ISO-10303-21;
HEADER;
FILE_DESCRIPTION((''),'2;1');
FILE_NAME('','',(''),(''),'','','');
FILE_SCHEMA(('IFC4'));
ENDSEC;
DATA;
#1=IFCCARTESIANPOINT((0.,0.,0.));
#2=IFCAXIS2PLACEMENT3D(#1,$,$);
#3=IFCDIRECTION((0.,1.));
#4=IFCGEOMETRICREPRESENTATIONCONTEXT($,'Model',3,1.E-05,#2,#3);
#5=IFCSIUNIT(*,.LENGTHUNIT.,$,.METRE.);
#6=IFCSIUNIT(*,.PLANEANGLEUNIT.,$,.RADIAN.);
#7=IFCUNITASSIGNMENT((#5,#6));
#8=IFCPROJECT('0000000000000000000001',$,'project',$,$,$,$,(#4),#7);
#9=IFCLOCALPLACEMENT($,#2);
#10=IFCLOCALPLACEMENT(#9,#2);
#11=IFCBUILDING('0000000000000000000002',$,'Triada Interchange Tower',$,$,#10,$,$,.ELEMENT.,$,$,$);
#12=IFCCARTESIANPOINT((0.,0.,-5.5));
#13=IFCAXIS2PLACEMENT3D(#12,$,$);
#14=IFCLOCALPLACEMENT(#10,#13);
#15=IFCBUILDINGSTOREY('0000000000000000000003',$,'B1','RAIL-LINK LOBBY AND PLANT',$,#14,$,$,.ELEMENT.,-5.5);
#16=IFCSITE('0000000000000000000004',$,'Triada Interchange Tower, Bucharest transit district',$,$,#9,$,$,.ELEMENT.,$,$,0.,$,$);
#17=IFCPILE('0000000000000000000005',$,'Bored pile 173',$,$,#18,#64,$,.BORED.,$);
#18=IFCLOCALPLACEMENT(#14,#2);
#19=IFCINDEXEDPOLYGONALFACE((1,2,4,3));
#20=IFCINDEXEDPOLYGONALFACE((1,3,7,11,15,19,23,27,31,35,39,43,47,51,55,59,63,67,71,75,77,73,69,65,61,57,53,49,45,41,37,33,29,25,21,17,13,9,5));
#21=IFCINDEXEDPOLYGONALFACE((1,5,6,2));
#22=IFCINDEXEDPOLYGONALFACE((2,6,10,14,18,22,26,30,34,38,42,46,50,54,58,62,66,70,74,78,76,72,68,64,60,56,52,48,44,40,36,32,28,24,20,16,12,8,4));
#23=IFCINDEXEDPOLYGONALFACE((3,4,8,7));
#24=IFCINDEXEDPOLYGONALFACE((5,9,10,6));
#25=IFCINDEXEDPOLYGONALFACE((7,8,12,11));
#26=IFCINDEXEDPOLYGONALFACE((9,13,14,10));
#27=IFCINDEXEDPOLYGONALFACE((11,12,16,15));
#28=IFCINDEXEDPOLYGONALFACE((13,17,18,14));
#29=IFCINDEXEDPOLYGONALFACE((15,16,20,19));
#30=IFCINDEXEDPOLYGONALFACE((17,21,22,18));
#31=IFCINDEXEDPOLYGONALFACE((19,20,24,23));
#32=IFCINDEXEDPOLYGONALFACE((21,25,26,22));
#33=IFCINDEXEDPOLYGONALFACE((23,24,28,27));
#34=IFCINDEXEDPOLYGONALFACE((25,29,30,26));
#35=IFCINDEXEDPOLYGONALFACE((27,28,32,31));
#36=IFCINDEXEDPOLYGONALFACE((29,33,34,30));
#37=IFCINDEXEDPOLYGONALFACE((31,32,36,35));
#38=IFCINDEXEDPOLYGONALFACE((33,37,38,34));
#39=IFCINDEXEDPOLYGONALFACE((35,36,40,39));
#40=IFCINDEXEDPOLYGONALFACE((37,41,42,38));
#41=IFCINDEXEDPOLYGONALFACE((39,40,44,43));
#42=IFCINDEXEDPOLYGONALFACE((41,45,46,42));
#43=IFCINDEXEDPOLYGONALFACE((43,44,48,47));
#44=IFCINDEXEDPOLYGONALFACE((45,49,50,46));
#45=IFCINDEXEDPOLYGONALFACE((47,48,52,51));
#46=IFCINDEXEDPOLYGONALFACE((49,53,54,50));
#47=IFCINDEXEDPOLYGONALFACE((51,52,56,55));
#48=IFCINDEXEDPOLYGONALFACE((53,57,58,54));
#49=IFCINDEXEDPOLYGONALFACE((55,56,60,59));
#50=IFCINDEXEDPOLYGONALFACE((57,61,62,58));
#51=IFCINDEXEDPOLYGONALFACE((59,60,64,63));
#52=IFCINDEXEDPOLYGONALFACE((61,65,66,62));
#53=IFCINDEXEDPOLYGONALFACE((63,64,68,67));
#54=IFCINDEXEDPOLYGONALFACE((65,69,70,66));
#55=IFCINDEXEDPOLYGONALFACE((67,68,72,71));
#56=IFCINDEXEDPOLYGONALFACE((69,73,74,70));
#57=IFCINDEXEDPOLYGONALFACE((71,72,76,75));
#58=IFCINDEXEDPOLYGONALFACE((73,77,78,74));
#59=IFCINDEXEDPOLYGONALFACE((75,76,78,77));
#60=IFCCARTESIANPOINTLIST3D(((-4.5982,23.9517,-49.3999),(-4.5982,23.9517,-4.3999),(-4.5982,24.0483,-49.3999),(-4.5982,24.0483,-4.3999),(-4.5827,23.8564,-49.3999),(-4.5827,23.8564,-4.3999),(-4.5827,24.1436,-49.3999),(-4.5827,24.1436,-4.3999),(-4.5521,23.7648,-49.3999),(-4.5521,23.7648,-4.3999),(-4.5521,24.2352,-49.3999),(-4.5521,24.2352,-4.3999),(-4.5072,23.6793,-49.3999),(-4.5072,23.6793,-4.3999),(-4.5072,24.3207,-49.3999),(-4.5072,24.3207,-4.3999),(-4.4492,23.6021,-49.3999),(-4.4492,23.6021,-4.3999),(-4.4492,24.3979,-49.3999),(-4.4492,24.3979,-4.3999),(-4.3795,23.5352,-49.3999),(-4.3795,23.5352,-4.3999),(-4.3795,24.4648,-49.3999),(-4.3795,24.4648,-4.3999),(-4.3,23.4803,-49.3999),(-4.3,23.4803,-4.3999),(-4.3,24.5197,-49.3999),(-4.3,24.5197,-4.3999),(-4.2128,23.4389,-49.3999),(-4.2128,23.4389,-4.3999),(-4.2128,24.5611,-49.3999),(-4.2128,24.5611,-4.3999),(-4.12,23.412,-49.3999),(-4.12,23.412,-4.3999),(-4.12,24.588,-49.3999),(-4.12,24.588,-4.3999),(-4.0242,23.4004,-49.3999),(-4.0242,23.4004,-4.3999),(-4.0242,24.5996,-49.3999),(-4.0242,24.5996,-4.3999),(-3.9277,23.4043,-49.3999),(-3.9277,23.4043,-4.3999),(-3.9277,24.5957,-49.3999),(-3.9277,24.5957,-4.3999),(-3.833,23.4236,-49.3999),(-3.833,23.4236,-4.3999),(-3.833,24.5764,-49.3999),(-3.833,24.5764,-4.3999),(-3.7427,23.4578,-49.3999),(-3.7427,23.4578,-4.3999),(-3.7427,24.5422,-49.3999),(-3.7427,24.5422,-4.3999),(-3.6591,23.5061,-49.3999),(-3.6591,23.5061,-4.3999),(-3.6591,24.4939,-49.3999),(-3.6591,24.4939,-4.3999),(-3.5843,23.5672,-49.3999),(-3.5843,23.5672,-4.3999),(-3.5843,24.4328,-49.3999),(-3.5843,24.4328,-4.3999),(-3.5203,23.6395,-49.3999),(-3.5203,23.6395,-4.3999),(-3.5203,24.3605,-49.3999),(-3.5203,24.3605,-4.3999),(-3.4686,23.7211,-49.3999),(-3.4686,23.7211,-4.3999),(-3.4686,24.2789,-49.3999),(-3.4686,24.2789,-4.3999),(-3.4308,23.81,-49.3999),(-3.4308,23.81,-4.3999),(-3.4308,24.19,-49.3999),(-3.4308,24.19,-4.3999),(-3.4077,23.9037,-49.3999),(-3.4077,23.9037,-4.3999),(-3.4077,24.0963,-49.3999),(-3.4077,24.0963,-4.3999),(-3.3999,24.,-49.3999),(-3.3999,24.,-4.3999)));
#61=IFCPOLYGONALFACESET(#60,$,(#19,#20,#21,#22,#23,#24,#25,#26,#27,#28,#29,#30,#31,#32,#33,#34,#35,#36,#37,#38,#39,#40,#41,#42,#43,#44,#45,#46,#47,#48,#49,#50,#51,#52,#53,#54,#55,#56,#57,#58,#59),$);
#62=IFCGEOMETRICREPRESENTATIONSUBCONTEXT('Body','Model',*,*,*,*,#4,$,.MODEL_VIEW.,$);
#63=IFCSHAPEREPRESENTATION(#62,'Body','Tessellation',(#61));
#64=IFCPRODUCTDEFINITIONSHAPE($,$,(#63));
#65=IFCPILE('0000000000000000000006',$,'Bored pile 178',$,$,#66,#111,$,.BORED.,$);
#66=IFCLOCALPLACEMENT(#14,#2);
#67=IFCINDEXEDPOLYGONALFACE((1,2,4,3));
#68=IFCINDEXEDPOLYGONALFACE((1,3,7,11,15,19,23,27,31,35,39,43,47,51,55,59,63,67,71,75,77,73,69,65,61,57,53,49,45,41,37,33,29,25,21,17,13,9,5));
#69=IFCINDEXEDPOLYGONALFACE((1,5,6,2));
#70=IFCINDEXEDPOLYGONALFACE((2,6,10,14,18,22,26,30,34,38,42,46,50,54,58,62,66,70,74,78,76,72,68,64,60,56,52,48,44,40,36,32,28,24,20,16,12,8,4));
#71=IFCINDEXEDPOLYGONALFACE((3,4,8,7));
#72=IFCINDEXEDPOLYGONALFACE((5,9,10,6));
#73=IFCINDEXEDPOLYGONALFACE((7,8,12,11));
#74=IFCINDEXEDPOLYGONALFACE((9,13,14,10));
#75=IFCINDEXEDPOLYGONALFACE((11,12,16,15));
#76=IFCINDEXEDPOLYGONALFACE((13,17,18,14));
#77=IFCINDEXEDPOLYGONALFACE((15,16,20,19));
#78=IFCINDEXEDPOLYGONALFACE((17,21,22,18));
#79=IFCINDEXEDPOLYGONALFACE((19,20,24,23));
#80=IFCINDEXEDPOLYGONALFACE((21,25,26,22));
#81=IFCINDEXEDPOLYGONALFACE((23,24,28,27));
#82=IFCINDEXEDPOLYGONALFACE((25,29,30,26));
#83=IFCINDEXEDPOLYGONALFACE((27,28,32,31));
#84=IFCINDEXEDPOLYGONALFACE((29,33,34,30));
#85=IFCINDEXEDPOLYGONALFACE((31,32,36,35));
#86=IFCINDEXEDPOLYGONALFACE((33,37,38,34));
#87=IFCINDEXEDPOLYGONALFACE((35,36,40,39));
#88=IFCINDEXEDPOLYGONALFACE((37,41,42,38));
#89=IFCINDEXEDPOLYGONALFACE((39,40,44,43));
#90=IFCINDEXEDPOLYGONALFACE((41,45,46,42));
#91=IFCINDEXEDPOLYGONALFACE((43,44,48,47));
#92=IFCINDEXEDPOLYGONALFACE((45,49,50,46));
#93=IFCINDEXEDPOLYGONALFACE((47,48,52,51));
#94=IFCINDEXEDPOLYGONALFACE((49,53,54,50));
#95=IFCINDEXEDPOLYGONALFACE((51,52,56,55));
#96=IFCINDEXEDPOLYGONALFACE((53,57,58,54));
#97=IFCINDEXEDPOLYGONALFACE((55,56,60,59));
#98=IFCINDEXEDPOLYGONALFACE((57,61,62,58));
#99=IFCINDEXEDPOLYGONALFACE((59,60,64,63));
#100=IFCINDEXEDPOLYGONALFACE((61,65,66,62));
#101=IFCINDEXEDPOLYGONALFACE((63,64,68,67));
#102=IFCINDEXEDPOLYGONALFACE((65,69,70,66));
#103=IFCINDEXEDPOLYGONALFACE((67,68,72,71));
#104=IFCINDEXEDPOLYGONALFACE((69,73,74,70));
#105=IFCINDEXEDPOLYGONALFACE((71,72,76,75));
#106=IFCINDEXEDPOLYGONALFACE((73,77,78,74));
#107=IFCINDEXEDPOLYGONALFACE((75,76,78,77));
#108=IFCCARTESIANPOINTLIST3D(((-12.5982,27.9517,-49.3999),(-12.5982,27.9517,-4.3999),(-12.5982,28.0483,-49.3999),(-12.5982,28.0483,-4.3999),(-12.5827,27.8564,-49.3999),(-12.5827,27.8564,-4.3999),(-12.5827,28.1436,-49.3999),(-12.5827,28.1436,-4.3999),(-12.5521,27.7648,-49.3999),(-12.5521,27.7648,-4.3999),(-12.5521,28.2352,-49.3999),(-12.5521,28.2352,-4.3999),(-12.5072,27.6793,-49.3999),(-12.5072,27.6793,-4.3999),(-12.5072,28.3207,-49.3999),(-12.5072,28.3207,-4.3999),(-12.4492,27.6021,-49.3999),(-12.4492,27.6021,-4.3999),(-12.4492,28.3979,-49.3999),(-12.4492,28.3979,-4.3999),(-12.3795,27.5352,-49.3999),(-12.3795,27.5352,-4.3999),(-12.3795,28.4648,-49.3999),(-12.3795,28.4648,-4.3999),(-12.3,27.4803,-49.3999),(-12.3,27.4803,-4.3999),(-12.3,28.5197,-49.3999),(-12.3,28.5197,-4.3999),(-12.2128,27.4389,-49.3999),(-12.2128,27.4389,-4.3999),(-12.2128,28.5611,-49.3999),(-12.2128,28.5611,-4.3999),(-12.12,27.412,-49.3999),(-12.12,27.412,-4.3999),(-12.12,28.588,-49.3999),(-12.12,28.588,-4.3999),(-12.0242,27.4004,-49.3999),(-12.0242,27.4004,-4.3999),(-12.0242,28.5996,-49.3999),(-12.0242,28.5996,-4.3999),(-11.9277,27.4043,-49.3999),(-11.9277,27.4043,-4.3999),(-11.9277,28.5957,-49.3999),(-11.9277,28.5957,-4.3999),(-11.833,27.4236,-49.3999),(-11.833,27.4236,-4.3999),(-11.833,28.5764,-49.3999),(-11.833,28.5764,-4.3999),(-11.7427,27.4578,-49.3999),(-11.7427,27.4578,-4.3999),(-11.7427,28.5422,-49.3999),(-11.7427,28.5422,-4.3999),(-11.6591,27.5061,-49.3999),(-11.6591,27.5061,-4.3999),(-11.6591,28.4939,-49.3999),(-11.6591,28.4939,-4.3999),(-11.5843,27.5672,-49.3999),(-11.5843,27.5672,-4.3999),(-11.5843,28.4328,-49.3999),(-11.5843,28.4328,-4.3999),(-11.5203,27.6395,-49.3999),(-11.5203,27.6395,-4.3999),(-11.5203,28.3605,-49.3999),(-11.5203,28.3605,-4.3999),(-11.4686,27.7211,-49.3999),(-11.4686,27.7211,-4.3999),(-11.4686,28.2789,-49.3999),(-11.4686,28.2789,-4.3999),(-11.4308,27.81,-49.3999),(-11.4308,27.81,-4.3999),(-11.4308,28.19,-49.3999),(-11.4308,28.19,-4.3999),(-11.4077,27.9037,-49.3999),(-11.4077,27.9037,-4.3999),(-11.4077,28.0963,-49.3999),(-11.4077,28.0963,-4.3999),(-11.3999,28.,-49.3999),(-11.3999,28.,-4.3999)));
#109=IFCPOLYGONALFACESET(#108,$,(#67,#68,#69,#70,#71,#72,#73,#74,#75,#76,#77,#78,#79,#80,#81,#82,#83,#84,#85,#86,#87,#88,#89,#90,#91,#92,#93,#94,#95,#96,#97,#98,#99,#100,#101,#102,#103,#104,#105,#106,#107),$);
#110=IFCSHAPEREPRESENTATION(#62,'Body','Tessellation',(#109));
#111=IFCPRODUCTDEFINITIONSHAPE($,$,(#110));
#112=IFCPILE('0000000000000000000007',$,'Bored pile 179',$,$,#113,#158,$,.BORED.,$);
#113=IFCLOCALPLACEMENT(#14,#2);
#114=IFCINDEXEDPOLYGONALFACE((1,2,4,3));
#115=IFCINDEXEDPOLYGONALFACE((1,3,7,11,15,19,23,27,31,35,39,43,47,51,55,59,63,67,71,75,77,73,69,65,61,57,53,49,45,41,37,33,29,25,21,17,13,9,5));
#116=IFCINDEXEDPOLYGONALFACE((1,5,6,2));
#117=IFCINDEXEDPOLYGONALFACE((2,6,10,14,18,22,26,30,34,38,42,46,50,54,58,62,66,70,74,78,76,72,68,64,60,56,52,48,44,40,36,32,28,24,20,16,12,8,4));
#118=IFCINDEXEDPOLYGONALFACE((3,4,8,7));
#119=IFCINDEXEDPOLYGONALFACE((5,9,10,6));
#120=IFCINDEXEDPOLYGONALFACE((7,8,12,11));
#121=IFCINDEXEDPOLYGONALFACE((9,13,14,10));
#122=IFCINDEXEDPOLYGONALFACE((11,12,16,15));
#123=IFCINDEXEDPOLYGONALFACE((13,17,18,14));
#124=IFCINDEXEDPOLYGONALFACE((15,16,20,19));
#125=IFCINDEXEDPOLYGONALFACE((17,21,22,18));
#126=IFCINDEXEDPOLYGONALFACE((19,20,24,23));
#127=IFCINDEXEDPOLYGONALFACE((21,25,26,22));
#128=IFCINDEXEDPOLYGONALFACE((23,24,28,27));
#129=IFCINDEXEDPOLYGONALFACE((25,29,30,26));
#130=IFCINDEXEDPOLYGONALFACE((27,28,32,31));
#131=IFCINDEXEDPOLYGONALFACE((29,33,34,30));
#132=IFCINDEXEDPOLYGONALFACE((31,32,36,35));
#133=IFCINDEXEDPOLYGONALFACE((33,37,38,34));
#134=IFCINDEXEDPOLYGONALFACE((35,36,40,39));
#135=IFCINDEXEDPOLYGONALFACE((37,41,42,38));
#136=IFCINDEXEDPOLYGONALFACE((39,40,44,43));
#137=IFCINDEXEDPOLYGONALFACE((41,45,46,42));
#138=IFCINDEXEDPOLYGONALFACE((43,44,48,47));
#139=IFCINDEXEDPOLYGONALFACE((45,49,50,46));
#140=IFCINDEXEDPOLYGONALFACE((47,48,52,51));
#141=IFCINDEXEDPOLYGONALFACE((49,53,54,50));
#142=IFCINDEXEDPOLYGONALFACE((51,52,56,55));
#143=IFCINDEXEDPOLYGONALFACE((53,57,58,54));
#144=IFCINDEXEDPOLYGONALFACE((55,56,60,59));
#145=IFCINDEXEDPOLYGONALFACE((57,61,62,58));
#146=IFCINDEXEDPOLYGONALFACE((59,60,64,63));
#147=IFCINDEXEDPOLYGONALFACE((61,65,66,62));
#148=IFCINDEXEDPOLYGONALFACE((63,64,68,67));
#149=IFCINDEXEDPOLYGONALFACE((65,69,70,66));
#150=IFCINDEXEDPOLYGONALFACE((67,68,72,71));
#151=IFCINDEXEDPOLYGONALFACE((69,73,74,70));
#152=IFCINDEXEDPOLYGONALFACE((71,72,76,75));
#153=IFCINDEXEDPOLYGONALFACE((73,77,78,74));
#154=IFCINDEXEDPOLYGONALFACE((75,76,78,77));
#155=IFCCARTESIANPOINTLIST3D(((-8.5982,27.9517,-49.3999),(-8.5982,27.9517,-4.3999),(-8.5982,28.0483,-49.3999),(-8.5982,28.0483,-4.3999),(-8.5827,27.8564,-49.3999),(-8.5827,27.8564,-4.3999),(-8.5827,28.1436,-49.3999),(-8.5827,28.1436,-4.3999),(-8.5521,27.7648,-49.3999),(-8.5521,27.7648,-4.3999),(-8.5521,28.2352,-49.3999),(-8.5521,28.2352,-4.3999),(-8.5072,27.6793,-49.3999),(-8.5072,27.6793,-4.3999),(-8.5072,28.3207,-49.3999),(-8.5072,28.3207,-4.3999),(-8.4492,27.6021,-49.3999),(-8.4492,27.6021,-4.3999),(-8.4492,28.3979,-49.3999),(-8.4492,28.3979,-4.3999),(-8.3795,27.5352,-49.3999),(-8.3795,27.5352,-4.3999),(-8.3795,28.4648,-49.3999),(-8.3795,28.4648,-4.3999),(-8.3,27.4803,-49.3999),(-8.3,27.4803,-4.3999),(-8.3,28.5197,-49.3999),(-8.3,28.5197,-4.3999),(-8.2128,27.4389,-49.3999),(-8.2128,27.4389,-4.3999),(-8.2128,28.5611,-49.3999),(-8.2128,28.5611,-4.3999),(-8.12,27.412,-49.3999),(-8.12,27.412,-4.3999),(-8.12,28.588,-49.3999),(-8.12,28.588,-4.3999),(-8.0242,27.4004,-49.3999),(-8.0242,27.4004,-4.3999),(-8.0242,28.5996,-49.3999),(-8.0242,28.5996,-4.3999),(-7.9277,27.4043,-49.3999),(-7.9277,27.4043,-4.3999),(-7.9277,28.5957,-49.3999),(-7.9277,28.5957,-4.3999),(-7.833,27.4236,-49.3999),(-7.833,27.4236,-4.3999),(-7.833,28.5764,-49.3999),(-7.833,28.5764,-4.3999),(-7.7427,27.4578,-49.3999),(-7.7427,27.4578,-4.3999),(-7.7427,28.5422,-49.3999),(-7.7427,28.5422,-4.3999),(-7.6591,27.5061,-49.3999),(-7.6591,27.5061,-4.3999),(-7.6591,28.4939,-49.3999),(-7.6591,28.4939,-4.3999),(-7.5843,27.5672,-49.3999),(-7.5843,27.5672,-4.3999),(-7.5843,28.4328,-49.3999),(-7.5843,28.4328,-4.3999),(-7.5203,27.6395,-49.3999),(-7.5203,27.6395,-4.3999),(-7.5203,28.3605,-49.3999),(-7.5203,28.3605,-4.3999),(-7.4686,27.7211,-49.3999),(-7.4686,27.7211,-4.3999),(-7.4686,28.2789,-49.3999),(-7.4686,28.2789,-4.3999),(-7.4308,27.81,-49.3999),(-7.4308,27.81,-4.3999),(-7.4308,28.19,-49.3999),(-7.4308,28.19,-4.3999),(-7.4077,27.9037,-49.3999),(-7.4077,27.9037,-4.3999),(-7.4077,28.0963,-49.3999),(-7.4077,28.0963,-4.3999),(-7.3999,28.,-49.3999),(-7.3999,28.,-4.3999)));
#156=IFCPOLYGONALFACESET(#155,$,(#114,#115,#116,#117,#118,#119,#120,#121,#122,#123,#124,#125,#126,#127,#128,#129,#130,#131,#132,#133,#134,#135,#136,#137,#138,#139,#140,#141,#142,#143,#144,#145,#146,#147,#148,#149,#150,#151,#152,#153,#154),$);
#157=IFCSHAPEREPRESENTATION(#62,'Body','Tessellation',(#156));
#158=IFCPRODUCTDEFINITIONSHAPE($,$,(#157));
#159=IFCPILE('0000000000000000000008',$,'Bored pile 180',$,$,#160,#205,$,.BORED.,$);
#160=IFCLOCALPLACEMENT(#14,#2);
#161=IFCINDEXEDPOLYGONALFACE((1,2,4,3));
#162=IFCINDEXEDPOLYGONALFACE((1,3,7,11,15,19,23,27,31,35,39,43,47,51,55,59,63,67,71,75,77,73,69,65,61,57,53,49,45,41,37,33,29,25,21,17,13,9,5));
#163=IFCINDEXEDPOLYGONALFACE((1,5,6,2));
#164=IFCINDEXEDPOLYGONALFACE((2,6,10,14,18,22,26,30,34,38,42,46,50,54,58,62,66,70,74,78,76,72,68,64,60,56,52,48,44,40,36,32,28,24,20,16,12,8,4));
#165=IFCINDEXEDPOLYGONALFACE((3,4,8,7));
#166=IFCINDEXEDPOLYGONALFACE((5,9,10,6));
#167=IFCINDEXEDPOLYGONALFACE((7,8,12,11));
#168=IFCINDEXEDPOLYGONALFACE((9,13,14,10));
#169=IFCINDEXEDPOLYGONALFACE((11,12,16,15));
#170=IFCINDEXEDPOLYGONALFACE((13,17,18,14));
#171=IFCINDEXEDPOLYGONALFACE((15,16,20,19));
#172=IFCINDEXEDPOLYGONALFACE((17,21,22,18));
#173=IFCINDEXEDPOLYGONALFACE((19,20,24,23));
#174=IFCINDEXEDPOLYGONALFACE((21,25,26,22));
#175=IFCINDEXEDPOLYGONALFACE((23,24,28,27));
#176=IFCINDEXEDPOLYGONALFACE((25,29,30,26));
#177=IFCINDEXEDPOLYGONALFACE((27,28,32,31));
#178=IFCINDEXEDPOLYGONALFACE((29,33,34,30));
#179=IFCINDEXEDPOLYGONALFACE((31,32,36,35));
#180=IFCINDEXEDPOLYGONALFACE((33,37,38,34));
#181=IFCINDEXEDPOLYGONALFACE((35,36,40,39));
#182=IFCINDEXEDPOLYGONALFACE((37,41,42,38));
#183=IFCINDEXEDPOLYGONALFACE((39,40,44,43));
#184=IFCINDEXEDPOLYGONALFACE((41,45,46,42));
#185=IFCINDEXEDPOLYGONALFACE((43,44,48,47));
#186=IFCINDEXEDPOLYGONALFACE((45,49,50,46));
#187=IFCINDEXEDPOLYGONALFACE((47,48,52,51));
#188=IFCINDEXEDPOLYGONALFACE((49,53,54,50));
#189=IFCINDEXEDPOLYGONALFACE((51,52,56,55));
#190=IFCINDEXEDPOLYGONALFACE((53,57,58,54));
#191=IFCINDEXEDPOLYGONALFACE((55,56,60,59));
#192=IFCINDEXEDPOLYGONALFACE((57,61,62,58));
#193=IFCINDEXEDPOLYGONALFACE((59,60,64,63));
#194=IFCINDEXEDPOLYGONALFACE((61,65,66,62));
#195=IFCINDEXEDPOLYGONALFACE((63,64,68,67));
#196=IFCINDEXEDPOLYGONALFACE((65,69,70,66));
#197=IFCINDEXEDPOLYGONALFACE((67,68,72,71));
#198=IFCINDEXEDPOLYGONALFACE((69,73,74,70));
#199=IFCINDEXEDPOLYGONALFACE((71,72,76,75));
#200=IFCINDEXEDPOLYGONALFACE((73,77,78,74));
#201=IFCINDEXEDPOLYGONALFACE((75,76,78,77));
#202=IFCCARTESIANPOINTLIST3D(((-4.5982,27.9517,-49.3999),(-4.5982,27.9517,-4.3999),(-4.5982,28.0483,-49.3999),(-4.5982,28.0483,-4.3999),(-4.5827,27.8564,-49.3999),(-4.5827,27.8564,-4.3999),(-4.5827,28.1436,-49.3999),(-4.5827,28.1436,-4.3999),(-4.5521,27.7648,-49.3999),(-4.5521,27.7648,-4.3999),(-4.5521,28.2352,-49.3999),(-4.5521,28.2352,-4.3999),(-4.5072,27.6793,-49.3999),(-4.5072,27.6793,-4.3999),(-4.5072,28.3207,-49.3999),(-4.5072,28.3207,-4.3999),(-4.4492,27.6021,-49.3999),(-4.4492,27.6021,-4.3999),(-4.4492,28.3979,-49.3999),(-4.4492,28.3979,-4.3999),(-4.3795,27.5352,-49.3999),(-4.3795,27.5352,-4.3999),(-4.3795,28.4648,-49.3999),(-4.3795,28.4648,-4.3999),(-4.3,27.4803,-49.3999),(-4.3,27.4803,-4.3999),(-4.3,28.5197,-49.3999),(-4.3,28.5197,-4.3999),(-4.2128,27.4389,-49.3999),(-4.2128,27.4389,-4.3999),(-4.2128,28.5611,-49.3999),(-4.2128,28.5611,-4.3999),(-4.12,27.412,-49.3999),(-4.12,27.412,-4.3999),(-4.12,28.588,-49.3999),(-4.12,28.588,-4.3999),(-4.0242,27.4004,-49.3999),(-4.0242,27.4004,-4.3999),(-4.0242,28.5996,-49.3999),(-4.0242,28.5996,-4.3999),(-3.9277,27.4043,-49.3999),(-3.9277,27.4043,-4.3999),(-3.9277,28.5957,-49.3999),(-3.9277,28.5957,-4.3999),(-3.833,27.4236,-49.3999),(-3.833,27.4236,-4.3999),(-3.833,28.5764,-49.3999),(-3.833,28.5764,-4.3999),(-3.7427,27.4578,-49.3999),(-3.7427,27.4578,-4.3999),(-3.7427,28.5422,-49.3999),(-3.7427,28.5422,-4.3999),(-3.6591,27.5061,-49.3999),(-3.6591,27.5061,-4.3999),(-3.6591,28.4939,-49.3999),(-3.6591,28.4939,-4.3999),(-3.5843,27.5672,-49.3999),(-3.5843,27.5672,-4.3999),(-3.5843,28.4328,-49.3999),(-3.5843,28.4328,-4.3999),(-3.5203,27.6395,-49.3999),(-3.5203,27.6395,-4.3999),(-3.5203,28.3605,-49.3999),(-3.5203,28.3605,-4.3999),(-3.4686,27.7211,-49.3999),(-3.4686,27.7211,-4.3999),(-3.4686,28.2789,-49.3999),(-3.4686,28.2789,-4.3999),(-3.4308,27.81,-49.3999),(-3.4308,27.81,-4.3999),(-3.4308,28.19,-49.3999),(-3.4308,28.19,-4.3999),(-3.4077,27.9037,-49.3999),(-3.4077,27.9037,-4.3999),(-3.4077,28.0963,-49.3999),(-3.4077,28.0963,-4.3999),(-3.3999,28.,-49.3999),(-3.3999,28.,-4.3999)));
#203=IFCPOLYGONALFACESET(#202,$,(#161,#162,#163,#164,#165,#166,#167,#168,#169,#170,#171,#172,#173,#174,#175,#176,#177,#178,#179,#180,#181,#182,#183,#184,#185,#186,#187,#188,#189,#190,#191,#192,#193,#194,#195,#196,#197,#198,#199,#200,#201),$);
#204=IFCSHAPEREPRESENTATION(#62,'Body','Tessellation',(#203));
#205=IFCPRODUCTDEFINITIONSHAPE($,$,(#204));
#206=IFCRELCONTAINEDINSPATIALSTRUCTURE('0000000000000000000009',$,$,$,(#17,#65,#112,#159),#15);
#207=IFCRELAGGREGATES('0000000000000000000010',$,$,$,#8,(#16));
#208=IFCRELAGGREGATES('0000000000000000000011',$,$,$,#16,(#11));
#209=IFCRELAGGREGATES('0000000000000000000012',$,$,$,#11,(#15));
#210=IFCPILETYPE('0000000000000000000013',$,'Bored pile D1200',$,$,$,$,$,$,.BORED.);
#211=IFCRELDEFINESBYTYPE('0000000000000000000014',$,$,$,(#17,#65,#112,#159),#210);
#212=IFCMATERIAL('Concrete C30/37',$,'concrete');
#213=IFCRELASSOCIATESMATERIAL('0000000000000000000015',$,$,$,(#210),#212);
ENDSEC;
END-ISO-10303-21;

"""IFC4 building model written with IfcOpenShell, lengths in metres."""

from ifc_helpers import new_model, si_unit, direction, frame, origin, origin_2d, place, context, subcontext, project, spatial, circle, extrude, material, material_profile, profile_set, type_object, element, save


model = new_model("IFC4")

# Units and contexts
model_context = context("Model", 3, precision=1e-05, world=origin(), true_north=direction((0.0, 1.0)))
body_context = subcontext(model_context, "Body", "Model", "MODEL_VIEW")
ifc_project = project(units=[si_unit("LENGTHUNIT", "METRE"), si_unit("PLANEANGLEUNIT", "RADIAN")], contexts=[model_context])

# Site, building, storey
site_placement = place(None, origin())
site = spatial("IfcSite", under=ifc_project, at=site_placement, Name="Triada Interchange Tower, Bucharest transit district", CompositionType="ELEMENT", RefElevation=0.0)
building_placement = place(site_placement, origin())
building = spatial("IfcBuilding", under=site, at=building_placement, Name="Triada Interchange Tower", CompositionType="ELEMENT")
storey_placement = place(building_placement, frame((0.0, 0.0, -5.5)))
storey = spatial("IfcBuildingStorey", under=building, at=storey_placement, Name="B1", Description="RAIL-LINK LOBBY AND PLANT", CompositionType="ELEMENT", Elevation=-5.5)

# Piles
ifc_material_1 = material(Name="Concrete C30/37", Category="concrete")
ifc_material_profile_1 = material_profile(ifc_material_1, circle(Radius=0.6001, at=origin_2d()), Name="RC D1200")
ifc_profile_set_1 = profile_set([ifc_material_profile_1], Name="Concrete C30/37")
pile_type = type_object("IfcPileType", Name="Bored pile D1200", PredefinedType="BORED", material=ifc_profile_set_1)
for number, where, z_axis, x_axis, name in (
    (1, (-4.0, 24.0, -4.3999), (0.0, 0.0, -1.0), (1.0, 0.0, 0.0), "Bored pile 173"),
    (2, (-12.0, 28.0, -4.3999), (0.0, 0.0, -1.0), (1.0, 0.0, 0.0), "Bored pile 178"),
    (3, (-8.0, 28.0, -4.3999), (0.0, 0.0, -1.0), (1.0, 0.0, 0.0), "Bored pile 179"),
    (4, (-4.0, 28.0, -4.3999), (0.0, 0.0, -1.0), (1.0, 0.0, 0.0), "Bored pile 180"),
):
    element("IfcPile", number, at=place(storey_placement, frame(where, z_axis=z_axis, x_axis=x_axis)), inside=storey, type_object=pile_type, Name=name, PredefinedType="BORED", context=body_context, shape_type="SweptSolid", body=[
        extrude(circle(Radius=0.6001, at=origin_2d()), origin(), (0.0, 0.0, 1.0), 45.0),
    ])

save(model, "model.ifc")
